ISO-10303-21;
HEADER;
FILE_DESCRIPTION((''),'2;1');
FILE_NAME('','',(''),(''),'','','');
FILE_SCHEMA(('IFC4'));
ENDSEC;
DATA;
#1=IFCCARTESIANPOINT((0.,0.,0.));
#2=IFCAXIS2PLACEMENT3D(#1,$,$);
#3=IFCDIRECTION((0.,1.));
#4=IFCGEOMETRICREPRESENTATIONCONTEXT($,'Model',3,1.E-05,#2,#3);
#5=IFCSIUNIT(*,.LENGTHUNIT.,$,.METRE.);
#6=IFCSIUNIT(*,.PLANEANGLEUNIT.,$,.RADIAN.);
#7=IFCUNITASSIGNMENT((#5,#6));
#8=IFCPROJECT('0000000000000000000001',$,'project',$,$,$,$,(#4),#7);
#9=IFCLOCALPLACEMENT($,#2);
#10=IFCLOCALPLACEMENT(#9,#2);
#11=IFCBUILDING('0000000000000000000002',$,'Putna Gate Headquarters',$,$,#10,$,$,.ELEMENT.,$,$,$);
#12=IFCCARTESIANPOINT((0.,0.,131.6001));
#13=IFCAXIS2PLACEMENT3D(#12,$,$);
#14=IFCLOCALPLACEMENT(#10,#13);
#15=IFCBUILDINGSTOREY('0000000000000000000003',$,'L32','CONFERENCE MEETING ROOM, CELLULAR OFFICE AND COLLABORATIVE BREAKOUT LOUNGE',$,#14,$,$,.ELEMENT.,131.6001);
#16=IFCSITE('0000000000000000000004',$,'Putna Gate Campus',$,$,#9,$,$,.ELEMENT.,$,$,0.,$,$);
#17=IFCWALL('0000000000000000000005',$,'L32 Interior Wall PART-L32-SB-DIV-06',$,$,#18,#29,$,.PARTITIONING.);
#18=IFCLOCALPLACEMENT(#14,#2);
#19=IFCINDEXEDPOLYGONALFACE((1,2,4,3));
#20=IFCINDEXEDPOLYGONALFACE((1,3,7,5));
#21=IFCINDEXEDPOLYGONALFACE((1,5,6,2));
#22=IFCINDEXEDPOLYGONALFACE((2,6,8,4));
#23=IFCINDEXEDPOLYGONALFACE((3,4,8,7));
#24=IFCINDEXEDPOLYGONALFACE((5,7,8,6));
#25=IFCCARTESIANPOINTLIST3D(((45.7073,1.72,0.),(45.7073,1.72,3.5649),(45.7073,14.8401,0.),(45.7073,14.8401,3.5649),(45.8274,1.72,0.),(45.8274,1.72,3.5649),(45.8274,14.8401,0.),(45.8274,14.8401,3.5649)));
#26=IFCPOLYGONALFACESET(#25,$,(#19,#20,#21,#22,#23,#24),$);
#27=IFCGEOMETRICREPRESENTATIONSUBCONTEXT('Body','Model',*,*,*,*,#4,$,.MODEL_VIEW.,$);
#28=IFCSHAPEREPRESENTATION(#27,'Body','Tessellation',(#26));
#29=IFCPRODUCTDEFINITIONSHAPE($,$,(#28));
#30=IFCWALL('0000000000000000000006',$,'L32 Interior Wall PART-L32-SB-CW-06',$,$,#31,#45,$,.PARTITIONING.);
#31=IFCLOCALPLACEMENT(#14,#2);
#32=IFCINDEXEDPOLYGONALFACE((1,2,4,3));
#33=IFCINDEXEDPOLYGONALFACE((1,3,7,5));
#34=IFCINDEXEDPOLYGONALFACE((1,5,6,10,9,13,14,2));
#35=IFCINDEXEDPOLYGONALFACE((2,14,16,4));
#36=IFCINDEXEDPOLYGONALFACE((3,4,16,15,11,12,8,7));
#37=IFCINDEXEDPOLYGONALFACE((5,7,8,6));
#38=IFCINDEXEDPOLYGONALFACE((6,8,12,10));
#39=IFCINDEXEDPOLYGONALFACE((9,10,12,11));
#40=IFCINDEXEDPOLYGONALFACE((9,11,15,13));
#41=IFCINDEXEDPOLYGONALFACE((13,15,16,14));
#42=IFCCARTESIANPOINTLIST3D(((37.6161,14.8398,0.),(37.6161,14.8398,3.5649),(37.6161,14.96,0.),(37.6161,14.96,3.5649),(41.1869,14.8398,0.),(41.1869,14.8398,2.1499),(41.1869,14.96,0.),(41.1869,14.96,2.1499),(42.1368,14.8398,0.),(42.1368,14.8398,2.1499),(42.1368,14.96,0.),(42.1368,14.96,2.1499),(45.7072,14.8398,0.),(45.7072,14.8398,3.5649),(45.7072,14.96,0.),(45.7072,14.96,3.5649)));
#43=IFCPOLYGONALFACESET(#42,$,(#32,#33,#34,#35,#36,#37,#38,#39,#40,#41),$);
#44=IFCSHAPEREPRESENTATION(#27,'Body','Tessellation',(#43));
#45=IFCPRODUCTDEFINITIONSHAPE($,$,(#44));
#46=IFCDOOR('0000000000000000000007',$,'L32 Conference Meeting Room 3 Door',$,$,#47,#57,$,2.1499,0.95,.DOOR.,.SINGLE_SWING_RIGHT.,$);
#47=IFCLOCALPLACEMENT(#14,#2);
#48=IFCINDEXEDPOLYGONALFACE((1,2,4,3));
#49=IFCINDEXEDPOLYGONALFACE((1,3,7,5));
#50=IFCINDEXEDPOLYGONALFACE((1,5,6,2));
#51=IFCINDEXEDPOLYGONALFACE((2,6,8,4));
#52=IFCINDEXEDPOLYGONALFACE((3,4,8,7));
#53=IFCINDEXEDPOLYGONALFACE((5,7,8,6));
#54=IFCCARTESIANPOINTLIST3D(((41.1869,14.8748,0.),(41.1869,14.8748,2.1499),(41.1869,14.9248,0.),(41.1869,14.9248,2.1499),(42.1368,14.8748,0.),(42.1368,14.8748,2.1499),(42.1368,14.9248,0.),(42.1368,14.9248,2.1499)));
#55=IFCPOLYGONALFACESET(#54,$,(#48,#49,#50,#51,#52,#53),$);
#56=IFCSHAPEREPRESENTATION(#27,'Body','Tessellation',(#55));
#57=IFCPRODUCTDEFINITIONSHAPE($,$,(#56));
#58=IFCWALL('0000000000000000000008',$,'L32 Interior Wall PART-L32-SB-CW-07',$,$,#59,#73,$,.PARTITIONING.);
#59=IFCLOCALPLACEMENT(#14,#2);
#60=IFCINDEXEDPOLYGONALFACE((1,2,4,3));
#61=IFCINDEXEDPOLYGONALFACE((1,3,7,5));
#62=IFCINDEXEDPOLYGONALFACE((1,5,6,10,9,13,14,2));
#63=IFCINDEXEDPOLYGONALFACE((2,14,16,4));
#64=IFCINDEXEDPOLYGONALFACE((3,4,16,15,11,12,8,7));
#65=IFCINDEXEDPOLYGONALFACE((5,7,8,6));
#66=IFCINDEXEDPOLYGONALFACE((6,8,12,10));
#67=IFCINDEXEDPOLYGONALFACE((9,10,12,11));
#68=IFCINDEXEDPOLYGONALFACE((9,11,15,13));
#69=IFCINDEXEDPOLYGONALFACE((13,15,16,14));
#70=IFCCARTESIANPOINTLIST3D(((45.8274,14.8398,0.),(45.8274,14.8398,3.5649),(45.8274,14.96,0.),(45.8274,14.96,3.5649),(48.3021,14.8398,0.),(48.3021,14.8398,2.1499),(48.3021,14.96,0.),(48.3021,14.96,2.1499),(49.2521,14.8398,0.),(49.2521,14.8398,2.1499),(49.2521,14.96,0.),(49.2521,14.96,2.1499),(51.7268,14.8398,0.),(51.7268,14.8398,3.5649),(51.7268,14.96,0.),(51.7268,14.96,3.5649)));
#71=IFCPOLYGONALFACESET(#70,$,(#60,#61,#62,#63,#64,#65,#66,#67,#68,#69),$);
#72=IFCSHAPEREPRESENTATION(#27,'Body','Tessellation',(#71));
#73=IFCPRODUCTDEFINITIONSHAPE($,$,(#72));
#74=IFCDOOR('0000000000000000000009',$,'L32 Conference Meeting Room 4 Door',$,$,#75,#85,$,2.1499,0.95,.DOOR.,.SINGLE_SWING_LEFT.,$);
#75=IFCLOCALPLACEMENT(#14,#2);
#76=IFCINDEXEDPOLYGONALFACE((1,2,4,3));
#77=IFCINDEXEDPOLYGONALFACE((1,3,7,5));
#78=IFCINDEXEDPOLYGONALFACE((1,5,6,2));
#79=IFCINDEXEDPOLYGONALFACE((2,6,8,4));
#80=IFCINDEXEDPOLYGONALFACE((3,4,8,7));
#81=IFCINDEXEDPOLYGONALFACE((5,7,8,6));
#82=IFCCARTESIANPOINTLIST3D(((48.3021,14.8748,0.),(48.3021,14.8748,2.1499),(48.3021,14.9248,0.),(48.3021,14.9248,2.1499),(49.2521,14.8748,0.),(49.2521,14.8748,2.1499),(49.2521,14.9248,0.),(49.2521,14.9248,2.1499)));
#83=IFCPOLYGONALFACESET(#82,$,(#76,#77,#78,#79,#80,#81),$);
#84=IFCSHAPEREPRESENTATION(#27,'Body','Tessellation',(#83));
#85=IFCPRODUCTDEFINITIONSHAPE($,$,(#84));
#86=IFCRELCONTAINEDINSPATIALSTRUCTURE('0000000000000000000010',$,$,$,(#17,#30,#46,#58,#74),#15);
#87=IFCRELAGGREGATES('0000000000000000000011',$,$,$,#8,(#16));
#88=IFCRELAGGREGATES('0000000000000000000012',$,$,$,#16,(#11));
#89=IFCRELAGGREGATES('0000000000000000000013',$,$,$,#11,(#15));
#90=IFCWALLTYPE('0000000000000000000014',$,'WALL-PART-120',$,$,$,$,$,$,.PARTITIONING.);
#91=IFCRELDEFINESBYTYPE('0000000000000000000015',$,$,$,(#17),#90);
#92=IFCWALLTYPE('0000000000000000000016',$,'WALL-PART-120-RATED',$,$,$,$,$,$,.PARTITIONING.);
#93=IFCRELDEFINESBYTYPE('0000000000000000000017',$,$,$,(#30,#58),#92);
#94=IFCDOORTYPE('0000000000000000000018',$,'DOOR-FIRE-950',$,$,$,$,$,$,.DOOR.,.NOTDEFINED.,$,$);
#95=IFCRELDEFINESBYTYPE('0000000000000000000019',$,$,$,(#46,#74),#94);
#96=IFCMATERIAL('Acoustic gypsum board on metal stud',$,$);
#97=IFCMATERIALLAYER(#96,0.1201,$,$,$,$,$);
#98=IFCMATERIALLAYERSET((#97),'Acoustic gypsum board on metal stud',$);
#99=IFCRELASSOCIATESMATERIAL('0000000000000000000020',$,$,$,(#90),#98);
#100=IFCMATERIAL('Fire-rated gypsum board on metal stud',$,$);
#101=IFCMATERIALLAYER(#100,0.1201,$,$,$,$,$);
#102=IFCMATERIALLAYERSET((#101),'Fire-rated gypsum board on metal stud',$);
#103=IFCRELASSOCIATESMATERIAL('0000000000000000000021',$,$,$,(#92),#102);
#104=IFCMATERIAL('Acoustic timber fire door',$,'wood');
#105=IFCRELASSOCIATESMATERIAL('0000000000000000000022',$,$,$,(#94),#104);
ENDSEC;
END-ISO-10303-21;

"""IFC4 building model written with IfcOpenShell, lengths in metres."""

from ifc_helpers import new_model, si_unit, direction, frame, frame_2d, origin, place, context, subcontext, project, spatial, rectangle, extrude, material, layer, layer_set, type_object, element, fill, save


model = new_model("IFC4")

# Units and contexts
model_context = context("Model", 3, precision=1e-05, world=origin(), true_north=direction((0.0, 1.0)))
body_context = subcontext(model_context, "Body", "Model", "MODEL_VIEW")
ifc_project = project(units=[si_unit("LENGTHUNIT", "METRE"), si_unit("PLANEANGLEUNIT", "RADIAN")], contexts=[model_context])

# Site, building, storey
site_placement = place(None, origin())
site = spatial("IfcSite", under=ifc_project, at=site_placement, Name="Putna Gate Campus", CompositionType="ELEMENT", RefElevation=0.0)
building_placement = place(site_placement, origin())
building = spatial("IfcBuilding", under=site, at=building_placement, Name="Putna Gate Headquarters", CompositionType="ELEMENT")
storey_placement = place(building_placement, frame((0.0, 0.0, 131.6001)))
storey = spatial("IfcBuildingStorey", under=building, at=storey_placement, Name="L32", Description="CONFERENCE MEETING ROOM, CELLULAR OFFICE AND COLLABORATIVE BREAKOUT LOUNGE", CompositionType="ELEMENT", Elevation=131.6001)

# Wall
ifc_material_1 = material(Name="Acoustic gypsum board on metal stud")
ifc_layer_1 = layer(ifc_material_1, 0.1201)
ifc_layer_set_1 = layer_set([ifc_layer_1], Name="Acoustic gypsum board on metal stud")
wall_type_1 = type_object("IfcWallType", Name="WALL-PART-120", PredefinedType="PARTITIONING", material=ifc_layer_set_1)
for number, where, z_axis, x_axis, name in (
    (1, (45.7673, 1.72, 0.0), (0.0, 0.0, 1.0), (0.0, 1.0, 0.0), "L32 Interior Wall PART-L32-SB-DIV-06"),
):
    element("IfcWall", number, at=place(storey_placement, frame(where, z_axis=z_axis, x_axis=x_axis)), inside=storey, type_object=wall_type_1, Name=name, PredefinedType="PARTITIONING", context=body_context, shape_type="SweptSolid", body=[
        extrude(rectangle(XDim=13.1201, YDim=0.1201, at=frame_2d((6.5601, 0.0))), origin(), (0.0, 0.0, 1.0), 3.5649),
    ])

# Walls, openings, doors
ifc_material_2 = material(Name="Fire-rated gypsum board on metal stud")
ifc_layer_2 = layer(ifc_material_2, 0.1201)
ifc_layer_set_2 = layer_set([ifc_layer_2], Name="Fire-rated gypsum board on metal stud")
wall_type_2 = type_object("IfcWallType", Name="WALL-PART-120-RATED", PredefinedType="PARTITIONING", material=ifc_layer_set_2)
wall_1_placement = place(storey_placement, frame((37.6162, 14.8999, 0.0), z_axis=(0.0, 0.0, 1.0), x_axis=(1.0, 0.0, 0.0)))
wall_1 = element("IfcWall", 2, at=wall_1_placement, inside=storey, type_object=wall_type_2, Name="L32 Interior Wall PART-L32-SB-CW-06", PredefinedType="PARTITIONING", context=body_context, shape_type="SweptSolid", body=[
    extrude(rectangle(XDim=8.0911, YDim=0.1201, at=frame_2d((4.0454, 0.0))), origin(), (0.0, 0.0, 1.0), 3.5649),
])
opening_1_placement = place(wall_1_placement, frame((3.5706, 0.0, 0.0)))
opening_1 = element("IfcOpeningElement", 3, at=opening_1_placement, cuts=wall_1, PredefinedType="OPENING", context=body_context, shape_type="SweptSolid", body=[
    extrude(rectangle(XDim=0.95, YDim=2.1499, at=frame_2d((0.4751, 1.075))), frame((0.0, 0.0701, 0.0), z_axis=(0.0, -1.0, 0.0), x_axis=(1.0, 0.0, 0.0)), (0.0, 0.0, 1.0), 0.1401),
])
ifc_material_3 = material(Name="Acoustic timber fire door", Category="wood")
door_type = type_object("IfcDoorType", Name="DOOR-FIRE-950", OperationType="NOTDEFINED", PredefinedType="DOOR", material=ifc_material_3)
door_1_placement = place(opening_1_placement, origin())
door_1 = element("IfcDoor", 4, at=door_1_placement, inside=storey, type_object=door_type, Name="L32 Conference Meeting Room 3 Door", OperationType="SINGLE_SWING_RIGHT", OverallHeight=2.1499, OverallWidth=0.95, PredefinedType="DOOR", context=body_context, shape_type="SweptSolid", body=[
    extrude(rectangle(XDim=0.95, YDim=2.1499, at=frame_2d((0.4751, 1.075))), frame((0.0, 0.0249, 0.0), z_axis=(0.0, -1.0, 0.0), x_axis=(1.0, 0.0, 0.0)), (0.0, 0.0, 1.0), 0.05),
])
fill(opening_1, door_1)
wall_2_placement = place(storey_placement, frame((45.8274, 14.8999, 0.0), z_axis=(0.0, 0.0, 1.0), x_axis=(1.0, 0.0, 0.0)))
wall_2 = element("IfcWall", 5, at=wall_2_placement, inside=storey, type_object=wall_type_2, Name="L32 Interior Wall PART-L32-SB-CW-07", PredefinedType="PARTITIONING", context=body_context, shape_type="SweptSolid", body=[
    extrude(rectangle(XDim=5.8994, YDim=0.1201, at=frame_2d((2.9497, 0.0))), origin(), (0.0, 0.0, 1.0), 3.5649),
])
opening_2_placement = place(wall_2_placement, frame((2.4746, 0.0, 0.0)))
opening_2 = element("IfcOpeningElement", 6, at=opening_2_placement, cuts=wall_2, PredefinedType="OPENING", context=body_context, shape_type="SweptSolid", body=[
    extrude(rectangle(XDim=0.95, YDim=2.1499, at=frame_2d((0.4751, 1.075))), frame((0.0, 0.0701, 0.0), z_axis=(0.0, -1.0, 0.0), x_axis=(1.0, 0.0, 0.0)), (0.0, 0.0, 1.0), 0.1401),
])
door_2_placement = place(opening_2_placement, origin())
door_2 = element("IfcDoor", 7, at=door_2_placement, inside=storey, type_object=door_type, Name="L32 Conference Meeting Room 4 Door", OperationType="SINGLE_SWING_LEFT", OverallHeight=2.1499, OverallWidth=0.95, PredefinedType="DOOR", context=body_context, shape_type="SweptSolid", body=[
    extrude(rectangle(XDim=0.95, YDim=2.1499, at=frame_2d((0.4751, 1.075))), frame((0.0, 0.0249, 0.0), z_axis=(0.0, -1.0, 0.0), x_axis=(1.0, 0.0, 0.0)), (0.0, 0.0, 1.0), 0.05),
])
fill(opening_2, door_2)

save(model, "model.ifc")
